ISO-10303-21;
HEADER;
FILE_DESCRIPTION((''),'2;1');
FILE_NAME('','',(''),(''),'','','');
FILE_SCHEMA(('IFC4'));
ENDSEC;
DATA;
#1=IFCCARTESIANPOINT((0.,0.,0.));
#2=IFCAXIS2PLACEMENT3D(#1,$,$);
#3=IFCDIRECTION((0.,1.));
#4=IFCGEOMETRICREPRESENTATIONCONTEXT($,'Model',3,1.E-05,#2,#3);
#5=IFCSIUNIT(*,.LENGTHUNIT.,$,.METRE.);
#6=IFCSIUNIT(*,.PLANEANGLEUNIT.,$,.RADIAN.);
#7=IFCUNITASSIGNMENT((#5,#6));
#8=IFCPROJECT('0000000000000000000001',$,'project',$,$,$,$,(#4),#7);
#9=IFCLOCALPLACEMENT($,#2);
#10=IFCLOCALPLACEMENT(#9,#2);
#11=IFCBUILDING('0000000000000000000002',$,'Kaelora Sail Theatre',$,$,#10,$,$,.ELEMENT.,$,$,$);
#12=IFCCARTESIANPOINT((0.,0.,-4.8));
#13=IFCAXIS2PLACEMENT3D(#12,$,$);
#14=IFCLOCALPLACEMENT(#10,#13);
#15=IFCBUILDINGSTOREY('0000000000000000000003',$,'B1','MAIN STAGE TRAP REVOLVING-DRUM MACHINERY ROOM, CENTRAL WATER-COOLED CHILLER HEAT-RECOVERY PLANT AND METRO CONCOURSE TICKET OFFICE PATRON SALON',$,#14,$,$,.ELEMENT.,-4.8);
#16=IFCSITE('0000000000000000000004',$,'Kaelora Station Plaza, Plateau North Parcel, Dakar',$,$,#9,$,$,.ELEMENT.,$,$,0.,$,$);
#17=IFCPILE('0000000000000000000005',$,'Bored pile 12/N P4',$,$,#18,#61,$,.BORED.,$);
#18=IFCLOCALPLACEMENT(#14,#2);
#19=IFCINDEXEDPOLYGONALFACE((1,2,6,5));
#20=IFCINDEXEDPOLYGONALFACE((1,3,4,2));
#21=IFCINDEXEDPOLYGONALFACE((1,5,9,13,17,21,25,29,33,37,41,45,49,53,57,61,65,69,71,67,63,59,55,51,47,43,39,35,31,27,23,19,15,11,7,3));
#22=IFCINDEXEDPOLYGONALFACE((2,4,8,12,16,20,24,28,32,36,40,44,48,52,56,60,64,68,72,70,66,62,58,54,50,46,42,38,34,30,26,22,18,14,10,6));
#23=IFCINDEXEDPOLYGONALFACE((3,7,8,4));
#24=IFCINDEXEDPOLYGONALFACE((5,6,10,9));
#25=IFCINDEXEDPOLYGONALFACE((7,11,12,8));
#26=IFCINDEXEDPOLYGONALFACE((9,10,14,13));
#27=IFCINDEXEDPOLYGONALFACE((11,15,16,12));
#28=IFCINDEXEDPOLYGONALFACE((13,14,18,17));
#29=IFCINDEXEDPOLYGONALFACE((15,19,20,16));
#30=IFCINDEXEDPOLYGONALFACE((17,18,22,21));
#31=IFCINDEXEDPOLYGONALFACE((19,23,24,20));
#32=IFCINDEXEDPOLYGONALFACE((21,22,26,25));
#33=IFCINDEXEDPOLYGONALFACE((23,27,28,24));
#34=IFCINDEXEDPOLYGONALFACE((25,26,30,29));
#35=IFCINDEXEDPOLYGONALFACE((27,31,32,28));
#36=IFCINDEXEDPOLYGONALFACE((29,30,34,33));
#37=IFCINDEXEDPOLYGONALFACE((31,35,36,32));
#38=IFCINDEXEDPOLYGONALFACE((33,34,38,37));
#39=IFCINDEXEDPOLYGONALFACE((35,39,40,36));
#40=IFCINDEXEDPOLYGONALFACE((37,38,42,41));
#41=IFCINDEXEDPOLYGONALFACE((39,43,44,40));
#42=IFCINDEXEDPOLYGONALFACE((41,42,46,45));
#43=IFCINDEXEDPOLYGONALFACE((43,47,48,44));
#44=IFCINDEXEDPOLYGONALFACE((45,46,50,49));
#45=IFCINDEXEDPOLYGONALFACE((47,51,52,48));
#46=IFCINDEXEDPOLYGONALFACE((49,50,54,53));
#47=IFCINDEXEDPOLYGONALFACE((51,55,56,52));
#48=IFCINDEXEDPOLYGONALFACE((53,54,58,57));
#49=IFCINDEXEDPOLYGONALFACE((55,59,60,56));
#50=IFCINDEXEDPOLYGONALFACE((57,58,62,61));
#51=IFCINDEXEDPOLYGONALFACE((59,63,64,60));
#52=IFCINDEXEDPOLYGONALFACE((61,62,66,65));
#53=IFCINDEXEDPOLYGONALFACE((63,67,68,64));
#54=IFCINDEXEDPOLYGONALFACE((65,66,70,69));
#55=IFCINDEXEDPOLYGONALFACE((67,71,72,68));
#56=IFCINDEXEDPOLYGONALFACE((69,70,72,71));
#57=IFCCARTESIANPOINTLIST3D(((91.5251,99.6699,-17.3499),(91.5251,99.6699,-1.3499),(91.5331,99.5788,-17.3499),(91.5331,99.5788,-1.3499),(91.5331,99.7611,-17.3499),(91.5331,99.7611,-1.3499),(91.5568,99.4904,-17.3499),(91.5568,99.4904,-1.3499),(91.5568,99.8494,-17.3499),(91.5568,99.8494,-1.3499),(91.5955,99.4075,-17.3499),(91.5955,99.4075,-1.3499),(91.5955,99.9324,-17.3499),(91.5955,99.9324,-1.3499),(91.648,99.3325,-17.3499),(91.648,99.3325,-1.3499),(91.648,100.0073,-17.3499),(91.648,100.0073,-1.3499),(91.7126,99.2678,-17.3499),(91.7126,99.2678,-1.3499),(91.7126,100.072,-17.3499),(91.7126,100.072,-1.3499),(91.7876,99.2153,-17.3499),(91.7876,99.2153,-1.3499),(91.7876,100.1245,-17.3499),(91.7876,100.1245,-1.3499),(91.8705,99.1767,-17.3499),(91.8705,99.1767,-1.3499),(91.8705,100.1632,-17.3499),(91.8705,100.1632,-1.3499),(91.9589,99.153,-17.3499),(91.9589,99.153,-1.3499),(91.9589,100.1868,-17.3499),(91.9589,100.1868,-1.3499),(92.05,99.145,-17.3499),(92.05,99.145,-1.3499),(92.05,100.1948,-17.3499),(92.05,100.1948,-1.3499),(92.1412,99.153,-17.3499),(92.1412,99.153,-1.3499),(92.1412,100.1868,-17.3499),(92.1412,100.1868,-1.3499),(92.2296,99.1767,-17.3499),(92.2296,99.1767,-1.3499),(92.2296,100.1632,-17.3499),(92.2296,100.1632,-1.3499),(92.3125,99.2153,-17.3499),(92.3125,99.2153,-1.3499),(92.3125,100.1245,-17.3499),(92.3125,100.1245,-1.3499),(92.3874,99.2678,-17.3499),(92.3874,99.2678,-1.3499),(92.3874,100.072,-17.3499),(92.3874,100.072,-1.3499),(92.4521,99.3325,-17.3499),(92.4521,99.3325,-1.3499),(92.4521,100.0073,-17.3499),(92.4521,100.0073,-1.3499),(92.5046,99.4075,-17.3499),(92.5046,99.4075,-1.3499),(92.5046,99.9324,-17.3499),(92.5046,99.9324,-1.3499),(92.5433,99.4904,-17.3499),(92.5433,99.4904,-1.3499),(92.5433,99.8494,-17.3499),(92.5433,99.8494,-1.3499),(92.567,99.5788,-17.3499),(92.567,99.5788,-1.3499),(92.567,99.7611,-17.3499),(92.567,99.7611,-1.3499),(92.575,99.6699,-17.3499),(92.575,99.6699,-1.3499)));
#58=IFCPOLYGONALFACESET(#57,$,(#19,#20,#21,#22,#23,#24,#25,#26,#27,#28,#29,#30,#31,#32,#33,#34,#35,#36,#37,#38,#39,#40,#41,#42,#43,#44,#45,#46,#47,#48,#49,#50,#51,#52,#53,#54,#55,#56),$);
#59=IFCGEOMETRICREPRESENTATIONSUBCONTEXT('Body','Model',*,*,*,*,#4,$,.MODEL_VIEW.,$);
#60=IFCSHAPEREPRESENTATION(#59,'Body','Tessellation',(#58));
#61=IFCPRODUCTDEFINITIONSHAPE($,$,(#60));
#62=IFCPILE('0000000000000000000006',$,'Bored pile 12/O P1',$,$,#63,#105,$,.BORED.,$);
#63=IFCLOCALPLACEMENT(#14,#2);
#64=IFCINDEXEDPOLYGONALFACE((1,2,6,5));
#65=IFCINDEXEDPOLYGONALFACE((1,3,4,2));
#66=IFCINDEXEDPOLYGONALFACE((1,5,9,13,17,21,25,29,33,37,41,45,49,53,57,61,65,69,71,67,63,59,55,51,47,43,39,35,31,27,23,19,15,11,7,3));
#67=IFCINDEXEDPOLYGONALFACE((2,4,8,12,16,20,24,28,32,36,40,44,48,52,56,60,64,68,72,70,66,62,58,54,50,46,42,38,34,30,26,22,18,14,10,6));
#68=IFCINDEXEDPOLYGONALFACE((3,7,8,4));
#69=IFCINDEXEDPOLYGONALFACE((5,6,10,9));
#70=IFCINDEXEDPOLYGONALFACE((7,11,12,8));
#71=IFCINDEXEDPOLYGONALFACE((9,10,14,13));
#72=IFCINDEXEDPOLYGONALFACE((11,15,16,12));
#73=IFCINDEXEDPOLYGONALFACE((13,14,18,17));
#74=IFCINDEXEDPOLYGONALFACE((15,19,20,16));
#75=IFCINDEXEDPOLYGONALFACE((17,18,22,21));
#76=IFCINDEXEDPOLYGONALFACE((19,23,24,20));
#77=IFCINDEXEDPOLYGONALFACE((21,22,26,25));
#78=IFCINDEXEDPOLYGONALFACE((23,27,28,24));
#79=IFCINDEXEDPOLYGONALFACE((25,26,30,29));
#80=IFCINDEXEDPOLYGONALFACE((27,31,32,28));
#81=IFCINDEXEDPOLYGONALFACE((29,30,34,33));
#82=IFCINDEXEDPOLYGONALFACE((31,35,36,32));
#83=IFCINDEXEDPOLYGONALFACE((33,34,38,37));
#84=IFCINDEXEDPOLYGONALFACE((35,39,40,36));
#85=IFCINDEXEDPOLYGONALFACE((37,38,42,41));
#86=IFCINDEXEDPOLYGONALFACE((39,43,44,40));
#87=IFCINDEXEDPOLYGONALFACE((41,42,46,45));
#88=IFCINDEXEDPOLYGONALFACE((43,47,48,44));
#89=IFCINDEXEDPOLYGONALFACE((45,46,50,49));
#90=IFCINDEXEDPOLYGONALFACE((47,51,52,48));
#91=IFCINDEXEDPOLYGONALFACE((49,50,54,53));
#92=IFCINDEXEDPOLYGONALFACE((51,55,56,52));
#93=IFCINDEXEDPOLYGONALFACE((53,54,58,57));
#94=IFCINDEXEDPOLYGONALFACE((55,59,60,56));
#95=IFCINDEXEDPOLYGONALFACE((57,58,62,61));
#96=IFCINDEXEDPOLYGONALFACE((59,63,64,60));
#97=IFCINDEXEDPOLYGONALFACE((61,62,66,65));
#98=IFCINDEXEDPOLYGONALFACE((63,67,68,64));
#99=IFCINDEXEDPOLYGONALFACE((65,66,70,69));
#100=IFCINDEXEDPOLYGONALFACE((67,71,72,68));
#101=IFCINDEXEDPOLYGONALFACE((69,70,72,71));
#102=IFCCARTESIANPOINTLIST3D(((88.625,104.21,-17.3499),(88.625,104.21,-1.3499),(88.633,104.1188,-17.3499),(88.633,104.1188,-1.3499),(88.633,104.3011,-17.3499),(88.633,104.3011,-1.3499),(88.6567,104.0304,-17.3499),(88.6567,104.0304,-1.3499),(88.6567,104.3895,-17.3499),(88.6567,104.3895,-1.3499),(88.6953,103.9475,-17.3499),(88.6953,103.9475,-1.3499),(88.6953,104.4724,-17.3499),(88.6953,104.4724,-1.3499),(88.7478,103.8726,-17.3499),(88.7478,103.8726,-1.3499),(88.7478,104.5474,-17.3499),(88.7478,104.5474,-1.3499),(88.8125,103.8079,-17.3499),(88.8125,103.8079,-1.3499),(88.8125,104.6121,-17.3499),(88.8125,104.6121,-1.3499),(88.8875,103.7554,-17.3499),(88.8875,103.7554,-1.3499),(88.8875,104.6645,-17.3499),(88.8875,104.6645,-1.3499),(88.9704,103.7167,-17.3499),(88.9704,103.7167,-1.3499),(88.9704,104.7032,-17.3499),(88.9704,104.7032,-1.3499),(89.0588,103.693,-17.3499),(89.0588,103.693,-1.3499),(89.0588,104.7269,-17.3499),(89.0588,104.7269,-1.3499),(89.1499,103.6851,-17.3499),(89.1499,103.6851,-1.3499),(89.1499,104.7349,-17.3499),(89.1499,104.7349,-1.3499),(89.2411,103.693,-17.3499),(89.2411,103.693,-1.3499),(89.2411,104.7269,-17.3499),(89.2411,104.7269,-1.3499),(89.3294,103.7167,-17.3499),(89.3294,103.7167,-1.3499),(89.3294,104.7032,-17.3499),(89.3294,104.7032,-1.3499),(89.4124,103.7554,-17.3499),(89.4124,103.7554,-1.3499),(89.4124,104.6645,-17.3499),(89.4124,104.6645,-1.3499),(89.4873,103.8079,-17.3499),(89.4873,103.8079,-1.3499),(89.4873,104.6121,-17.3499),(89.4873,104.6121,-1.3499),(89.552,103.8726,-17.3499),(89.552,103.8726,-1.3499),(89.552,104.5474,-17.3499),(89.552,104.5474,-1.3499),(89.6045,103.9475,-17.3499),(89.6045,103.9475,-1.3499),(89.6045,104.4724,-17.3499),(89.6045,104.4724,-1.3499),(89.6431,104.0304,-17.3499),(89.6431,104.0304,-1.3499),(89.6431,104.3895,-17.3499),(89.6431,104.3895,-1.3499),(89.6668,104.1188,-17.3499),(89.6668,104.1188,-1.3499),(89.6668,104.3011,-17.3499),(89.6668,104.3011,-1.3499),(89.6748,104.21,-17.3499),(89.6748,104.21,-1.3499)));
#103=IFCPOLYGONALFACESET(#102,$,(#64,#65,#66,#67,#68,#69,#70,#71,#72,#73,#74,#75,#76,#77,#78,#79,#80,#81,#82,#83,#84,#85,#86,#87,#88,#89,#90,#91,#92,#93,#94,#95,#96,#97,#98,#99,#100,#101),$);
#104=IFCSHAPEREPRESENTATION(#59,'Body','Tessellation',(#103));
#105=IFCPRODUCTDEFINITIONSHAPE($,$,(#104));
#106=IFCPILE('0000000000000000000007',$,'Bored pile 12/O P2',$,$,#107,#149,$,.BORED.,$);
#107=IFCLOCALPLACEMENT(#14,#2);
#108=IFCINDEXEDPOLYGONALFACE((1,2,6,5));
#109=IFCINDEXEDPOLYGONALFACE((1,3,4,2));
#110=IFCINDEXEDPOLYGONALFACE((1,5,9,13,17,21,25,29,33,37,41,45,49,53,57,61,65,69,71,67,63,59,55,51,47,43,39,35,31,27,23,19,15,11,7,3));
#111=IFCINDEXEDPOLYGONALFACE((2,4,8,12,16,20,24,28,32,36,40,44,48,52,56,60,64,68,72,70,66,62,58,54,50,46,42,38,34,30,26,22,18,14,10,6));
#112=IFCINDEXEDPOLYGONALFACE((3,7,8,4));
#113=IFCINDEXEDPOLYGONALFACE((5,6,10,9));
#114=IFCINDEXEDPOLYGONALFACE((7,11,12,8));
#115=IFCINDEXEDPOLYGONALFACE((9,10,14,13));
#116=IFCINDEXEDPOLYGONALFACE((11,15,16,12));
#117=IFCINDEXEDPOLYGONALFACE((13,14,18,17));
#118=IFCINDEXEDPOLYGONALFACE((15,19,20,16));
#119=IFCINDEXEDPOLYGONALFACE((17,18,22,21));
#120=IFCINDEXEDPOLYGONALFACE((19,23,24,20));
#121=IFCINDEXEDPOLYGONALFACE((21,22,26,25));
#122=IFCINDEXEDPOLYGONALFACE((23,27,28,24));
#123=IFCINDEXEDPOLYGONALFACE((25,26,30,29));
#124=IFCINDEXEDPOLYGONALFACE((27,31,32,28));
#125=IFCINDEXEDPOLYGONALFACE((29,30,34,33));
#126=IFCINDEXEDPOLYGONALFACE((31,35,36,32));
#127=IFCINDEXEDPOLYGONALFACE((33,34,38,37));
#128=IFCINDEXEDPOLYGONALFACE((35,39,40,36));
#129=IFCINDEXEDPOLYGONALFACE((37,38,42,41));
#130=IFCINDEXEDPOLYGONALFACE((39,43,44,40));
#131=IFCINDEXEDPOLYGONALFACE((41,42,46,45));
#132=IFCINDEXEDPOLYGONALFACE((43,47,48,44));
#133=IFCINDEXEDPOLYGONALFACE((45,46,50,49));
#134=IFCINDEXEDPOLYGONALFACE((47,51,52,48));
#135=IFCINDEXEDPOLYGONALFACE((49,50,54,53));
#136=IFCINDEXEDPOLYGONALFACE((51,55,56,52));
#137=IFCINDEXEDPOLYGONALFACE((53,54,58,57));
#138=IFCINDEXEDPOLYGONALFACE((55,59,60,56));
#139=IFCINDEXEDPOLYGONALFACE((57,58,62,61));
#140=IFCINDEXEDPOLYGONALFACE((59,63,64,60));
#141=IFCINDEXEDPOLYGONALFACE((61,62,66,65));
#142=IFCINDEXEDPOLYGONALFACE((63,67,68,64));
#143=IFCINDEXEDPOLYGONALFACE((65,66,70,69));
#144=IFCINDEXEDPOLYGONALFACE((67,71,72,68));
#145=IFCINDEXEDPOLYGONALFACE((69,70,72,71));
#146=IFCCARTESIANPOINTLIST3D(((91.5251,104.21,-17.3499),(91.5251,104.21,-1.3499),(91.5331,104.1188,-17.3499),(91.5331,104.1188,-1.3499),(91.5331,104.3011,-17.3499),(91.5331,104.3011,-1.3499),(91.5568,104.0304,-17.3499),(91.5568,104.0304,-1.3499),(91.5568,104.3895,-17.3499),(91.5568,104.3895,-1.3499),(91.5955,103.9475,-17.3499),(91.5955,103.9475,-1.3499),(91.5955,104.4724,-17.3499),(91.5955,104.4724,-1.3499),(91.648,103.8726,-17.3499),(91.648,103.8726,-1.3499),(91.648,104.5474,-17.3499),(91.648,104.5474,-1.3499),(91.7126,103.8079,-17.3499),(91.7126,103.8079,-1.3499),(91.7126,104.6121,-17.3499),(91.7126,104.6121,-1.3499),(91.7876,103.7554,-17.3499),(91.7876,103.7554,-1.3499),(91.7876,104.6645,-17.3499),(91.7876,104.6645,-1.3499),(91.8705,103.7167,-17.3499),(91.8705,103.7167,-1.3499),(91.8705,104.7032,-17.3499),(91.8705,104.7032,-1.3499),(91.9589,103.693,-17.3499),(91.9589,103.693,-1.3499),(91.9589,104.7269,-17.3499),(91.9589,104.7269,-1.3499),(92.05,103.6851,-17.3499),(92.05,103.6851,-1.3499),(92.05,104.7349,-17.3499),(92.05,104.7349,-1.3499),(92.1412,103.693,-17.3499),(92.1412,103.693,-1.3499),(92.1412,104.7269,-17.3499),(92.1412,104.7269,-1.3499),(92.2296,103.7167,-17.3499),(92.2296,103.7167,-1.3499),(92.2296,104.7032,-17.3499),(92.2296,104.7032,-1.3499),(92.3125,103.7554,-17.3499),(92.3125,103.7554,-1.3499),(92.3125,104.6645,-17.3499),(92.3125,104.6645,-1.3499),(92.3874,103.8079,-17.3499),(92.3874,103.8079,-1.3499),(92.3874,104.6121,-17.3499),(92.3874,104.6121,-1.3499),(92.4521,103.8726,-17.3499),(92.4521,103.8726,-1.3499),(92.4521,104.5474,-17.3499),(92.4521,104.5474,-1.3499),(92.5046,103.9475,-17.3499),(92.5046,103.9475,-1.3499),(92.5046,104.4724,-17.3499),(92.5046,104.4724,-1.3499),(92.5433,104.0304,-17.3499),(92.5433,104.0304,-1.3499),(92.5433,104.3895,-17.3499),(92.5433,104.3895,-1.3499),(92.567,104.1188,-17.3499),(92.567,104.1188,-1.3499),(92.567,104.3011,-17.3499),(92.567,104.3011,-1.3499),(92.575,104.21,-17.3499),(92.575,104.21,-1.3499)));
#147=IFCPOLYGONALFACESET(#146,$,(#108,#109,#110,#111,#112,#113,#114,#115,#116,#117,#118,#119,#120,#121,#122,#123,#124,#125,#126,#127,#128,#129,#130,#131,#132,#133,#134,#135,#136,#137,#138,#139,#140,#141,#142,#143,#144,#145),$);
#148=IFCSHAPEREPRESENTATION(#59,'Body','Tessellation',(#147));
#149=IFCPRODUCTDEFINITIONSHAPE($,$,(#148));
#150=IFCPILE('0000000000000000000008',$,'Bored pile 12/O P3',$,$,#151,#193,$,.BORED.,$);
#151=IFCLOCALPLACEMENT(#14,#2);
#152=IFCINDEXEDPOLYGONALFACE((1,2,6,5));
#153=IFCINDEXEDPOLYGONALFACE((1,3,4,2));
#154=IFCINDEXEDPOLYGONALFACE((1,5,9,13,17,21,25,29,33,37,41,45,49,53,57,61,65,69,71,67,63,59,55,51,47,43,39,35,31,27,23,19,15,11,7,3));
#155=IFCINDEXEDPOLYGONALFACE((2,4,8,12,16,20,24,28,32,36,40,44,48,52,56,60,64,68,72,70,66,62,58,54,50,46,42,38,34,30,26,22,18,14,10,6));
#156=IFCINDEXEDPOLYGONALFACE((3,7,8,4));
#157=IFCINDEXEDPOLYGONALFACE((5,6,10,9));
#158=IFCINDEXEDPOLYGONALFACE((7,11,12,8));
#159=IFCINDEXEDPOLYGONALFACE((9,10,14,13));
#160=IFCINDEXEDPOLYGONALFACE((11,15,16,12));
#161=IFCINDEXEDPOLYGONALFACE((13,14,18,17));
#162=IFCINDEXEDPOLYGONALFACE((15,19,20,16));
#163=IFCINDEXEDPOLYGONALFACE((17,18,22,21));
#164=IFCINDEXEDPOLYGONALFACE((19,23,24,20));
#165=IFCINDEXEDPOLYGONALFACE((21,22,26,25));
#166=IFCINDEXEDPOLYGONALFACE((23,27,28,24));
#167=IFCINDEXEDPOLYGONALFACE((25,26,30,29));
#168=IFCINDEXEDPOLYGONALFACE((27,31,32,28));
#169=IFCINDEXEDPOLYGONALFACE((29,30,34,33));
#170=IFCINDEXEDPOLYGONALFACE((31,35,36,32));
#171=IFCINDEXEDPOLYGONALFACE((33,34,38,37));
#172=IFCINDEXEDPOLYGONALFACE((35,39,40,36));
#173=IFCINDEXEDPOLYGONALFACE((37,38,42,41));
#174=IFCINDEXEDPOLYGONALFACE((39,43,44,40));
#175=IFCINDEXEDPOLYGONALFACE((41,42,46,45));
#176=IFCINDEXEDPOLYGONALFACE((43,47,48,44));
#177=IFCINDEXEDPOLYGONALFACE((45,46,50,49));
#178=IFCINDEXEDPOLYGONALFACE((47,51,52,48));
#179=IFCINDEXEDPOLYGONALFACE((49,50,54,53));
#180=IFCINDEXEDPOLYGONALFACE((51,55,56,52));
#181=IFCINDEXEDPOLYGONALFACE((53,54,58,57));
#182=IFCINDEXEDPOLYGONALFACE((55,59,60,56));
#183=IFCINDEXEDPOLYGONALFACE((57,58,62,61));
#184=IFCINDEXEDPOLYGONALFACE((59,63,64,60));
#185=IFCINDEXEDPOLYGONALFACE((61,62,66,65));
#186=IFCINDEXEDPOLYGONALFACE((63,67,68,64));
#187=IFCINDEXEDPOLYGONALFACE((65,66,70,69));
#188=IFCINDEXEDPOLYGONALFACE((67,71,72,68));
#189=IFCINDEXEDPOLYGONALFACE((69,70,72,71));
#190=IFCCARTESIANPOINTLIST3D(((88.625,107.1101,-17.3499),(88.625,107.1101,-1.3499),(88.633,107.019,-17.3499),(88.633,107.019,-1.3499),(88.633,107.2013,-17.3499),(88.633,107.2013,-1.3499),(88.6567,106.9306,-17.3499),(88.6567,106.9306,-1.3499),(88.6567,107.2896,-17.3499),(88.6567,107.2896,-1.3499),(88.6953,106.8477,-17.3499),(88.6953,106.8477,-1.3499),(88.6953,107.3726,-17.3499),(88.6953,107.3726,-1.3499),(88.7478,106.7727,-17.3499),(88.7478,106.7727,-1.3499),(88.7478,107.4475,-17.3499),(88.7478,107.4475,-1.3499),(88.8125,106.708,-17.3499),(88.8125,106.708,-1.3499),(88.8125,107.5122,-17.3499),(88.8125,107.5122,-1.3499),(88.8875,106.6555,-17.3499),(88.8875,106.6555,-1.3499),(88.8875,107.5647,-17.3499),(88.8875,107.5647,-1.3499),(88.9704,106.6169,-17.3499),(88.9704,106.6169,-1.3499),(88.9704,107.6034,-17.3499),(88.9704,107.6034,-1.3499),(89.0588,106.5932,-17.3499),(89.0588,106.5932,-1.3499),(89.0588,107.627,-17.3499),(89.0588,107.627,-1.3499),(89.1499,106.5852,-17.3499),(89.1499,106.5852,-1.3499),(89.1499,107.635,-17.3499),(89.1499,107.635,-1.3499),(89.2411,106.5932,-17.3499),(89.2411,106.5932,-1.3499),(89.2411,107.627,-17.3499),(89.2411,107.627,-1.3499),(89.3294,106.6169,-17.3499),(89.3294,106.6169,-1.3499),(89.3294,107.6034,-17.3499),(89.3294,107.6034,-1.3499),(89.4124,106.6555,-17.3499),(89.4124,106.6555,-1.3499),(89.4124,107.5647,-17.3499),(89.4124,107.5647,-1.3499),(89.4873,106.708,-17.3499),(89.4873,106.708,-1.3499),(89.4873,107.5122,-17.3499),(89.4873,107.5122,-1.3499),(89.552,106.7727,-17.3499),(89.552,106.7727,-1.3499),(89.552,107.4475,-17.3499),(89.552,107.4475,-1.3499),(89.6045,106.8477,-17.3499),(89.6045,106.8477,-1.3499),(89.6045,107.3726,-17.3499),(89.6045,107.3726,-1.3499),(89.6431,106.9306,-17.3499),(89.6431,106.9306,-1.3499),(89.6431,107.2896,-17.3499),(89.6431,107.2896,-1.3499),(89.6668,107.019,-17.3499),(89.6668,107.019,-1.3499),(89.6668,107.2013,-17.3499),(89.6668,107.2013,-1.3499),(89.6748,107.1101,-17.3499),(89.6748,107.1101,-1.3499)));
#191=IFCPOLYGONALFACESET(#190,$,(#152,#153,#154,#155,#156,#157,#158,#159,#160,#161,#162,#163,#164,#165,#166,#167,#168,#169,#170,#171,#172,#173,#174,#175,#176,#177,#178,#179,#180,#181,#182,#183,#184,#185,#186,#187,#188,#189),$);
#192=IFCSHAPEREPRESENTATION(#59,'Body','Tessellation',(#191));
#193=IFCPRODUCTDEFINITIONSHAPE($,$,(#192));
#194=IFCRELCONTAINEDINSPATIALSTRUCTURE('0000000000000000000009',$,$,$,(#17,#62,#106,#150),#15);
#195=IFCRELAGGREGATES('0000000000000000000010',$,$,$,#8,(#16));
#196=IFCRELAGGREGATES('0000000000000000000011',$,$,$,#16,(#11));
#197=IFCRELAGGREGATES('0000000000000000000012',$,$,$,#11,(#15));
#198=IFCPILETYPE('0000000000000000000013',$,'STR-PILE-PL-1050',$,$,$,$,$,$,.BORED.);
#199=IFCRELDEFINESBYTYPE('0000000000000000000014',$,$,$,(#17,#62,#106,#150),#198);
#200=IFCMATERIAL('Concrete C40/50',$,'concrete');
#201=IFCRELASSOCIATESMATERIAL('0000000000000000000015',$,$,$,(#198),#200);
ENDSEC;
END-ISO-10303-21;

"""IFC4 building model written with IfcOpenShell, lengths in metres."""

from ifc_helpers import new_model, si_unit, direction, frame, origin, origin_2d, place, context, subcontext, project, spatial, circle, extrude, material, material_profile, profile_set, type_object, element, save


model = new_model("IFC4")

# Units and contexts
model_context = context("Model", 3, precision=1e-05, world=origin(), true_north=direction((0.0, 1.0)))
body_context = subcontext(model_context, "Body", "Model", "MODEL_VIEW")
ifc_project = project(units=[si_unit("LENGTHUNIT", "METRE"), si_unit("PLANEANGLEUNIT", "RADIAN")], contexts=[model_context])

# Site, building, storey
site_placement = place(None, origin())
site = spatial("IfcSite", under=ifc_project, at=site_placement, Name="Kaelora Station Plaza, Plateau North Parcel, Dakar", CompositionType="ELEMENT", RefElevation=0.0)
building_placement = place(site_placement, origin())
building = spatial("IfcBuilding", under=site, at=building_placement, Name="Kaelora Sail Theatre", CompositionType="ELEMENT")
storey_placement = place(building_placement, frame((0.0, 0.0, -4.8)))
storey = spatial("IfcBuildingStorey", under=building, at=storey_placement, Name="B1", Description="MAIN STAGE TRAP REVOLVING-DRUM MACHINERY ROOM, CENTRAL WATER-COOLED CHILLER HEAT-RECOVERY PLANT AND METRO CONCOURSE TICKET OFFICE PATRON SALON", CompositionType="ELEMENT", Elevation=-4.8)

# Piles
ifc_material_1 = material(Name="Concrete C40/50", Category="concrete")
ifc_material_profile_1 = material_profile(ifc_material_1, circle(Radius=0.5249, at=origin_2d()), Name="PILE D1050")
ifc_profile_set_1 = profile_set([ifc_material_profile_1], Name="Concrete C40/50")
pile_type_1 = type_object("IfcPileType", Name="STR-PILE-PL-1050", PredefinedType="BORED", material=ifc_profile_set_1)
for number, where, z_axis, x_axis, name in (
    (1, (92.05, 99.6699, -1.3499), (0.0, 0.0, -1.0), (1.0, 0.0, 0.0), "Bored pile 12/N P4"),
    (2, (89.1499, 104.21, -1.3499), (0.0, 0.0, -1.0), (1.0, 0.0, 0.0), "Bored pile 12/O P1"),
    (3, (92.05, 104.21, -1.3499), (0.0, 0.0, -1.0), (1.0, 0.0, 0.0), "Bored pile 12/O P2"),
    (4, (89.1499, 107.1101, -1.3499), (0.0, 0.0, -1.0), (1.0, 0.0, 0.0), "Bored pile 12/O P3"),
):
    element("IfcPile", number, at=place(storey_placement, frame(where, z_axis=z_axis, x_axis=x_axis)), inside=storey, type_object=pile_type_1, Name=name, PredefinedType="BORED", context=body_context, shape_type="SweptSolid", body=[
        extrude(circle(Radius=0.5249, at=origin_2d()), origin(), (0.0, 0.0, 1.0), 16.0),
    ])

save(model, "model.ifc")
